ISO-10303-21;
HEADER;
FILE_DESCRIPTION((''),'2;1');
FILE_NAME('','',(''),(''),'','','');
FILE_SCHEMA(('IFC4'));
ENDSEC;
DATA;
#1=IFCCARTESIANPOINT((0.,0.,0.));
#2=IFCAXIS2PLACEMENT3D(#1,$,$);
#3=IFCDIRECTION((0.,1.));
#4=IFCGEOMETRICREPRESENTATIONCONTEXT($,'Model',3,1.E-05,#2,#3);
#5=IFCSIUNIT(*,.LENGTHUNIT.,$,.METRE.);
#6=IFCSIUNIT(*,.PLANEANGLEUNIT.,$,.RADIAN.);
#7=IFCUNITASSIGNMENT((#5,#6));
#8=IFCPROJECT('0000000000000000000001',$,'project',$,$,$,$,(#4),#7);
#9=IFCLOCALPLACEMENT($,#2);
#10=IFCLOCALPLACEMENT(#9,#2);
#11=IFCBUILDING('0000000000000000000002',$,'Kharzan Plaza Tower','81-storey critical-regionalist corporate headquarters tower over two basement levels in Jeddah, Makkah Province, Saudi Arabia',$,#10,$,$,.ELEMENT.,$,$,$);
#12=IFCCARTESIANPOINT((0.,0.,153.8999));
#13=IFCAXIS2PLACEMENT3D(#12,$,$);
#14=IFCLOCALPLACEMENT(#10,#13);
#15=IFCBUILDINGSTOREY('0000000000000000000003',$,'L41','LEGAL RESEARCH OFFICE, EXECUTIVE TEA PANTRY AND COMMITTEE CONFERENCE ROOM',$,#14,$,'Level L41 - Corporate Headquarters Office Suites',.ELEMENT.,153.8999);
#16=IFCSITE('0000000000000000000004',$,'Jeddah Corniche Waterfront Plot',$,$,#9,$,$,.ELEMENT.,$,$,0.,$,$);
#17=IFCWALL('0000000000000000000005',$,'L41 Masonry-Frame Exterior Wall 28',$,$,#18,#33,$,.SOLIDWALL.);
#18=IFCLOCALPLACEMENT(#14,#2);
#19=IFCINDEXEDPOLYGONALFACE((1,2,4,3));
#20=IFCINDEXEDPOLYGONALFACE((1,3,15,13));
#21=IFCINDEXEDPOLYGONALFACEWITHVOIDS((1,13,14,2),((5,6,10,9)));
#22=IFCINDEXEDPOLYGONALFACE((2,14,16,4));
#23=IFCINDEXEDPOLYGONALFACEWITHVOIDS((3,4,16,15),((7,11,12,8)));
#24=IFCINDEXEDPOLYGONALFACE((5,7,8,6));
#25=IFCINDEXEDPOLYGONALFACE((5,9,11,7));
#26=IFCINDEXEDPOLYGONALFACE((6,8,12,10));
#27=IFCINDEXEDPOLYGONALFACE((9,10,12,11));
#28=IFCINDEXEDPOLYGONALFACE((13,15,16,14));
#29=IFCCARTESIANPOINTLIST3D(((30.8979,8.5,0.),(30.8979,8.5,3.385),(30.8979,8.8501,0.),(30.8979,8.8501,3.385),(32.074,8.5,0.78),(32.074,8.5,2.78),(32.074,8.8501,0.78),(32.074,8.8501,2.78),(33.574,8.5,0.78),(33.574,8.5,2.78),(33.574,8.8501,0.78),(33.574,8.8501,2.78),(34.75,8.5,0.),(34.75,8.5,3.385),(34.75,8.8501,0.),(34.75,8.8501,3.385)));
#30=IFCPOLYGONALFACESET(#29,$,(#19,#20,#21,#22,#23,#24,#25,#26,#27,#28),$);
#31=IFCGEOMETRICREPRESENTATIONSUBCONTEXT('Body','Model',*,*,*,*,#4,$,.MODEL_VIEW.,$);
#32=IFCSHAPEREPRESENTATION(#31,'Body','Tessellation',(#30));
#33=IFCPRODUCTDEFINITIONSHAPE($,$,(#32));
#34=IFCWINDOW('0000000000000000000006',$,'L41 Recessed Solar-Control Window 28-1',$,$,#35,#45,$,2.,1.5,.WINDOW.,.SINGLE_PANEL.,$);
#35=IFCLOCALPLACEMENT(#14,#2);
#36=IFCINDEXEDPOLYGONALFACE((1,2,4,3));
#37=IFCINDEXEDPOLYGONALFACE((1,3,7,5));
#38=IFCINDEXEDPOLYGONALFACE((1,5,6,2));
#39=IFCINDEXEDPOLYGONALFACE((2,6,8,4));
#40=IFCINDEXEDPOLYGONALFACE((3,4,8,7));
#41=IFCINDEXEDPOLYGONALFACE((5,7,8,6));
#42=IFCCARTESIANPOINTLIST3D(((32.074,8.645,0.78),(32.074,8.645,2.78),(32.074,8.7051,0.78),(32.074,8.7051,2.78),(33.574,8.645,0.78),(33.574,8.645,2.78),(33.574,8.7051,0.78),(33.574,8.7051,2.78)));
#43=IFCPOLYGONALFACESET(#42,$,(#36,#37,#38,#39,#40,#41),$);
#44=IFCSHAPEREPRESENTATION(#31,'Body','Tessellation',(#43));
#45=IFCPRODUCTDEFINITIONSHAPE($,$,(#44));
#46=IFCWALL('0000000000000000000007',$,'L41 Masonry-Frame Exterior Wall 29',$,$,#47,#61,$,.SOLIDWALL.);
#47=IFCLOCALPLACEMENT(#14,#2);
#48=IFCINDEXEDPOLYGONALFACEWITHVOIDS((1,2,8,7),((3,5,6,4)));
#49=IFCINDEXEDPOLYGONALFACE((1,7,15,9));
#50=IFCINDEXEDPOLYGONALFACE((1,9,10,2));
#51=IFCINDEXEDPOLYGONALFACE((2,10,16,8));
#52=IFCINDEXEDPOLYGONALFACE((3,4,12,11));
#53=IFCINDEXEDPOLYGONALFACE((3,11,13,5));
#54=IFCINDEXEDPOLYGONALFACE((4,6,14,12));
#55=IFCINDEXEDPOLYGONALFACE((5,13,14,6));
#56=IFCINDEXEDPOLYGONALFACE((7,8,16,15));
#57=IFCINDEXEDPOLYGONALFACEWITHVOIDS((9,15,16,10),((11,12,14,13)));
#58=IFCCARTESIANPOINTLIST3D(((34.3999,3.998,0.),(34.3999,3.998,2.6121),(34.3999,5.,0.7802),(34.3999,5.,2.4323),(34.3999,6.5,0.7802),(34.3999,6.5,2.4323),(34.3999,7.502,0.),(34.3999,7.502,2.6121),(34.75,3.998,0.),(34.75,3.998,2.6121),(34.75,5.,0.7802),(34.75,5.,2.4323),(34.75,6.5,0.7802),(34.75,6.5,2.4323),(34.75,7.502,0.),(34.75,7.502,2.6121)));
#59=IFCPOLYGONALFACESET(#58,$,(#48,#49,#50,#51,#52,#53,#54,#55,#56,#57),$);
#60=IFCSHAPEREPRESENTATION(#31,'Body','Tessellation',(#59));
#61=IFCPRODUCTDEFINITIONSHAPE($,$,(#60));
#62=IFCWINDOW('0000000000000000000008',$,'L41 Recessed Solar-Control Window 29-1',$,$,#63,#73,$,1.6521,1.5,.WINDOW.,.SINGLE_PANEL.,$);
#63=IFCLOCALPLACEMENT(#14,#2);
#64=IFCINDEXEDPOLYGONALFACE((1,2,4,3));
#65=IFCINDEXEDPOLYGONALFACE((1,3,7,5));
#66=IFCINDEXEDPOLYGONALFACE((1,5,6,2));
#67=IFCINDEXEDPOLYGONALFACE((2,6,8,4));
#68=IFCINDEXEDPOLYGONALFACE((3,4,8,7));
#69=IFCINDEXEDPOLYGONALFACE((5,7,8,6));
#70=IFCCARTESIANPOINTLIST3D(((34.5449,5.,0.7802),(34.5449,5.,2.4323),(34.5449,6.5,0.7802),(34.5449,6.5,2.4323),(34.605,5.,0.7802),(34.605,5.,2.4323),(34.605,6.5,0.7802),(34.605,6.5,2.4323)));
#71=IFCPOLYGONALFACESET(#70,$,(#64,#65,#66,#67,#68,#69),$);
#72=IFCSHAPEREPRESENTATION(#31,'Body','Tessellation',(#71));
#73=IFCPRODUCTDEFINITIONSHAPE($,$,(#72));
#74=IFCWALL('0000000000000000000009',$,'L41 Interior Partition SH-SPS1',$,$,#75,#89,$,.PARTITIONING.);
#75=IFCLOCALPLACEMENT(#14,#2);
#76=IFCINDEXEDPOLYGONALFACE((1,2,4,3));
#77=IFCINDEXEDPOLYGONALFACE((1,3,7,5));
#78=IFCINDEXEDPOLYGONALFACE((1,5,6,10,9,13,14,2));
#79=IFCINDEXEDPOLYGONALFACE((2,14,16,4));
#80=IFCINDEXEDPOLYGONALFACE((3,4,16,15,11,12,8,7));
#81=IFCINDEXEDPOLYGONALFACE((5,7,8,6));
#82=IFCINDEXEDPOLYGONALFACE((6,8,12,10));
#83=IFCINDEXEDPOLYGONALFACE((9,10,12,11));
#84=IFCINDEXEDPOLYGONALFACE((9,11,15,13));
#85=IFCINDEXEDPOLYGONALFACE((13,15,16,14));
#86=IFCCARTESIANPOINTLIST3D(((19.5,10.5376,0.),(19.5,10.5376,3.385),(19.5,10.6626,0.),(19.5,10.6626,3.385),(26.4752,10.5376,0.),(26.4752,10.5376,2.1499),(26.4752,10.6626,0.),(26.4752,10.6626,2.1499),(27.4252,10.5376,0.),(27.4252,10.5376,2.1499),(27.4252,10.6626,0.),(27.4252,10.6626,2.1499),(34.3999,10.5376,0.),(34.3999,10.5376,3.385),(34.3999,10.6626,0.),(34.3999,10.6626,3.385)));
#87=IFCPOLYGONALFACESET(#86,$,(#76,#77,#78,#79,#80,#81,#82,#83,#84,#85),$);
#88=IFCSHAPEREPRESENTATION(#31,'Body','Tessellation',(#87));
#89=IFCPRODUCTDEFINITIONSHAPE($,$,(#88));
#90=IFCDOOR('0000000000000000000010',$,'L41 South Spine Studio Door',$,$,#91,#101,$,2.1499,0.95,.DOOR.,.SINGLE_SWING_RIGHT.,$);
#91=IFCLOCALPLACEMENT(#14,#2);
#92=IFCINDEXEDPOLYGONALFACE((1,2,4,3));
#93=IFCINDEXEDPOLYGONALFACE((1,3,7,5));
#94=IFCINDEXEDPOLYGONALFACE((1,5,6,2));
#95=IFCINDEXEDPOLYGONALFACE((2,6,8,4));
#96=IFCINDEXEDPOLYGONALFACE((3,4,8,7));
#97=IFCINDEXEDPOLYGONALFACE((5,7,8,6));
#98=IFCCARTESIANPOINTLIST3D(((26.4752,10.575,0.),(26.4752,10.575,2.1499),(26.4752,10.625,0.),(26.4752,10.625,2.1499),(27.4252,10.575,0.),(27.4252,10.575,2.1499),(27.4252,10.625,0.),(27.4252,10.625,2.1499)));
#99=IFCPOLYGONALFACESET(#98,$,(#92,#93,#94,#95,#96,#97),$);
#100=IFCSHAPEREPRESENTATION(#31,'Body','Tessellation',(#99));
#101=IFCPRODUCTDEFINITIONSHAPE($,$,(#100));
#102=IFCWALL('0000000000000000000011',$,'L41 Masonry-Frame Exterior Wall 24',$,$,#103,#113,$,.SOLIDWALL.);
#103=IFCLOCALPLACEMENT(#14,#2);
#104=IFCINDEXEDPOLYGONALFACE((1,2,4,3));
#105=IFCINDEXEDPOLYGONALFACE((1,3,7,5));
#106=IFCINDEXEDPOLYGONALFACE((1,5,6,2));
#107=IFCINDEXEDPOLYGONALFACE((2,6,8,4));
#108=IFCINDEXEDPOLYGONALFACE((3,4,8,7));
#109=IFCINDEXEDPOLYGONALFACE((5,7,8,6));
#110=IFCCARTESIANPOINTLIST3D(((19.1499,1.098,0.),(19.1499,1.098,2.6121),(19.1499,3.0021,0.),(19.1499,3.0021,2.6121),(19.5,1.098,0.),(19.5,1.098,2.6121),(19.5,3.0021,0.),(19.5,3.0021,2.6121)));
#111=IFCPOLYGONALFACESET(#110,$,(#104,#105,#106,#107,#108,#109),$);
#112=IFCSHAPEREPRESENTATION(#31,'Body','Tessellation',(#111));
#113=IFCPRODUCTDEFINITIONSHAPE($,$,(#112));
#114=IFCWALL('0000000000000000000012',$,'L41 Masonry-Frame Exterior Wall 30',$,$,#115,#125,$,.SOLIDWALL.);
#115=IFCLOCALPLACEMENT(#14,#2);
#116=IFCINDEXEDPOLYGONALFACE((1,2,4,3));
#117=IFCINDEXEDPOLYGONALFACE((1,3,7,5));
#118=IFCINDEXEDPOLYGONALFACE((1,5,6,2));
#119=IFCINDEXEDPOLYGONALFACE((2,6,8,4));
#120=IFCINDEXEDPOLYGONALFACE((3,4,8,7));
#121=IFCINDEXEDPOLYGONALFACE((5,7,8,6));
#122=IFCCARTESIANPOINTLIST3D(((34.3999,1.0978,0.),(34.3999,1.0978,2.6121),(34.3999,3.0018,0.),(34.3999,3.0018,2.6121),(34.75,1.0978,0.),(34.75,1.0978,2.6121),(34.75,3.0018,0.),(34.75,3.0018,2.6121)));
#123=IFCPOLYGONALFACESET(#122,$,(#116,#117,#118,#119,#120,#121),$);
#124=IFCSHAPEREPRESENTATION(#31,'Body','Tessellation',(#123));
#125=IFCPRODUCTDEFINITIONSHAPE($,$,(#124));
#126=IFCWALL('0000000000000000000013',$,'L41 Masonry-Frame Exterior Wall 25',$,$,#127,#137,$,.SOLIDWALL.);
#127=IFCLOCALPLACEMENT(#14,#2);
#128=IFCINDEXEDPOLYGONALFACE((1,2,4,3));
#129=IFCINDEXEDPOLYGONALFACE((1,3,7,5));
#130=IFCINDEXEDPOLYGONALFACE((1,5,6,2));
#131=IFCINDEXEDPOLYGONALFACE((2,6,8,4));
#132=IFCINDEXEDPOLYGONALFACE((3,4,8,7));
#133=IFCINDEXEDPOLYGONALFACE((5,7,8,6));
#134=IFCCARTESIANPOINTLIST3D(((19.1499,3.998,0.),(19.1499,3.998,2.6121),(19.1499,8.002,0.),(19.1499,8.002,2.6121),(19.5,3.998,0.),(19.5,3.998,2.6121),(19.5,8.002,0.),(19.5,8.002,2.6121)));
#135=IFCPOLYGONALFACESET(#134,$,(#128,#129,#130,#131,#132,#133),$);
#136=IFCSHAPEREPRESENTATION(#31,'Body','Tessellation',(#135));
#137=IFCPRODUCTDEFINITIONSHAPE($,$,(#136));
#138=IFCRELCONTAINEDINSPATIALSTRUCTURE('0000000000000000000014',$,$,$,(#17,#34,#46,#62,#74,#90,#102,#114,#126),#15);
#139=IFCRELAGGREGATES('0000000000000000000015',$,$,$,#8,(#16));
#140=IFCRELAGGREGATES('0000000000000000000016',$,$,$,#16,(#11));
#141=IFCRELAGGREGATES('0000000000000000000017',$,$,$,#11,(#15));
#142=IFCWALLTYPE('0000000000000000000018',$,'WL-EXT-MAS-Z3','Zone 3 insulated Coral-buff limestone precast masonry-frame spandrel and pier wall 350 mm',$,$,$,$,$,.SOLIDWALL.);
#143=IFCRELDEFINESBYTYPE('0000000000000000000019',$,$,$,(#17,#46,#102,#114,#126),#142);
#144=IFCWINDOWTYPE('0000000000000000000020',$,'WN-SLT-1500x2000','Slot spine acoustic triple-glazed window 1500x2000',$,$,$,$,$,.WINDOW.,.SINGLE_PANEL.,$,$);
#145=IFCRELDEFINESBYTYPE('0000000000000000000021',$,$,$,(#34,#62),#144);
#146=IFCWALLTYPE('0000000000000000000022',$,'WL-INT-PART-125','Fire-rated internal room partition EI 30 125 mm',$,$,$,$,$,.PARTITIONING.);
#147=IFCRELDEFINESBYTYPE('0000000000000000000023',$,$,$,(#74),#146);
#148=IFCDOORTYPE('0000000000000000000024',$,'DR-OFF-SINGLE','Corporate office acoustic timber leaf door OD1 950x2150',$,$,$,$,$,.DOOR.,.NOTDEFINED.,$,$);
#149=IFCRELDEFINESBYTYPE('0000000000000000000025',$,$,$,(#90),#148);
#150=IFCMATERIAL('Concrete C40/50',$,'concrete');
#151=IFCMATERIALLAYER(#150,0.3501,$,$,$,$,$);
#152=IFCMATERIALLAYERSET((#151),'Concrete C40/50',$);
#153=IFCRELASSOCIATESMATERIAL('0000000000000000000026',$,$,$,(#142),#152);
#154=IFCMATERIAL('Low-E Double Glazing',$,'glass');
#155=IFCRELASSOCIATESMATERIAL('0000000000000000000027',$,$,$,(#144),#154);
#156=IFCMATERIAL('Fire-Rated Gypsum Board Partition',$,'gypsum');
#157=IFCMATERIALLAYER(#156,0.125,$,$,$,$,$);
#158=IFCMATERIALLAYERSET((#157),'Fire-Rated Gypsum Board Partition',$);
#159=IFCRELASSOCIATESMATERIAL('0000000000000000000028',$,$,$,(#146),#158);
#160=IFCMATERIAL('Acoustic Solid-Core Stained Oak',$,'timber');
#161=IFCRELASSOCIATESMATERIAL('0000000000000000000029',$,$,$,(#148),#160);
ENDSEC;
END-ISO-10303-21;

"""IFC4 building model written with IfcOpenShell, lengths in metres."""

from ifc_helpers import new_model, si_unit, direction, frame, frame_2d, origin, place, context, subcontext, project, spatial, rectangle, extrude, source, transform, mapped, material, layer, layer_set, type_object, element, fill, save


model = new_model("IFC4")

# Units and contexts
model_context = context("Model", 3, precision=1e-05, world=origin(), true_north=direction((0.0, 1.0)))
body_context = subcontext(model_context, "Body", "Model", "MODEL_VIEW")
ifc_project = project(units=[si_unit("LENGTHUNIT", "METRE"), si_unit("PLANEANGLEUNIT", "RADIAN")], contexts=[model_context])

# Site, building, storey
site_placement = place(None, origin())
site = spatial("IfcSite", under=ifc_project, at=site_placement, Name="Jeddah Corniche Waterfront Plot", CompositionType="ELEMENT", RefElevation=0.0)
building_placement = place(site_placement, origin())
building = spatial("IfcBuilding", under=site, at=building_placement, Name="Kharzan Plaza Tower", Description="81-storey critical-regionalist corporate headquarters tower over two basement levels in Jeddah, Makkah Province, Saudi Arabia", CompositionType="ELEMENT")
storey_placement = place(building_placement, frame((0.0, 0.0, 153.8999)))
storey = spatial("IfcBuildingStorey", under=building, at=storey_placement, Name="L41", Description="LEGAL RESEARCH OFFICE, EXECUTIVE TEA PANTRY AND COMMITTEE CONFERENCE ROOM", LongName="Level L41 - Corporate Headquarters Office Suites", CompositionType="ELEMENT", Elevation=153.8999)

# Shared definitions
ifc_material_1 = material(Name="Concrete C40/50", Category="concrete")
ifc_layer_1 = layer(ifc_material_1, 0.3501)
ifc_layer_set_1 = layer_set([ifc_layer_1], Name="Concrete C40/50")
wall_type_1 = type_object("IfcWallType", Name="WL-EXT-MAS-Z3", Description="Zone 3 insulated Coral-buff limestone precast masonry-frame spandrel and pier wall 350 mm", PredefinedType="SOLIDWALL", material=ifc_layer_set_1)
ifc_material_2 = material(Name="Low-E Double Glazing", Category="glass")
window_type = type_object("IfcWindowType", Name="WN-SLT-1500x2000", Description="Slot spine acoustic triple-glazed window 1500x2000", PartitioningType="SINGLE_PANEL", PredefinedType="WINDOW", material=ifc_material_2)
shared_shape_1 = source(origin(), body_context, "Body", "SweptSolid", [
    extrude(rectangle(XDim=1.5, YDim=2.0, at=frame_2d((0.75, 1.0))), frame((0.0, 0.03, 0.0), z_axis=(0.0, -1.0, 0.0), x_axis=(1.0, 0.0, 0.0)), (0.0, 0.0, 1.0), 0.0601),
])

# Walls, openings, windows
wall_1_placement = place(storey_placement, frame((30.8979, 8.675, 0.0), z_axis=(0.0, 0.0, 1.0), x_axis=(1.0, 0.0, 0.0)))
wall_1 = element("IfcWall", 1, at=wall_1_placement, inside=storey, type_object=wall_type_1, Name="L41 Masonry-Frame Exterior Wall 28", PredefinedType="SOLIDWALL", context=body_context, shape_type="SweptSolid", body=[
    extrude(rectangle(XDim=3.8521, YDim=0.3501, at=frame_2d((1.926, 0.0))), origin(), (0.0, 0.0, 1.0), 3.385),
])
opening_1_placement = place(wall_1_placement, frame((1.176, 0.0, 0.78)))
opening_1 = element("IfcOpeningElement", 2, at=opening_1_placement, cuts=wall_1, PredefinedType="OPENING", context=body_context, shape_type="SweptSolid", body=[
    extrude(rectangle(XDim=1.5, YDim=2.0, at=frame_2d((0.75, 1.0))), frame((0.0, 0.1851, 0.0), z_axis=(0.0, -1.0, 0.0), x_axis=(1.0, 0.0, 0.0)), (0.0, 0.0, 1.0), 0.3701),
])
window_1_placement = place(opening_1_placement, origin())
window_1 = element("IfcWindow", 3, at=window_1_placement, inside=storey, type_object=window_type, Name="L41 Recessed Solar-Control Window 28-1", OverallHeight=2.0, OverallWidth=1.5, PartitioningType="SINGLE_PANEL", PredefinedType="WINDOW", context=body_context, shape_type="MappedRepresentation", body=[
    mapped(shared_shape_1, transform((0.0, 0.0, 0.0), x_axis=(1.0, 0.0, 0.0), y_axis=(0.0, 1.0, 0.0), z_axis=(0.0, 0.0, 1.0))),
])
fill(opening_1, window_1)
wall_2_placement = place(storey_placement, frame((34.575, 7.502, 0.0), z_axis=(0.0, 0.0, 1.0), x_axis=(0.0, -1.0, 0.0)))
wall_2 = element("IfcWall", 4, at=wall_2_placement, inside=storey, type_object=wall_type_1, Name="L41 Masonry-Frame Exterior Wall 29", PredefinedType="SOLIDWALL", context=body_context, shape_type="SweptSolid", body=[
    extrude(rectangle(XDim=3.5039, YDim=0.3501, at=frame_2d((1.752, 0.0))), origin(), (0.0, 0.0, 1.0), 2.6121),
])
opening_2_placement = place(wall_2_placement, frame((1.002, 0.0, 0.78)))
opening_2 = element("IfcOpeningElement", 5, at=opening_2_placement, cuts=wall_2, PredefinedType="OPENING", context=body_context, shape_type="SweptSolid", body=[
    extrude(rectangle(XDim=1.5, YDim=1.6521, at=frame_2d((0.75, 0.8262))), frame((0.0, 0.1851, 0.0), z_axis=(0.0, -1.0, 0.0), x_axis=(1.0, 0.0, 0.0)), (0.0, 0.0, 1.0), 0.3701),
])
shared_shape_2 = source(origin(), body_context, "Body", "SweptSolid", [
    extrude(rectangle(XDim=1.5, YDim=1.6521, at=frame_2d((0.75, 0.8262))), frame((0.0, 0.03, 0.0), z_axis=(0.0, -1.0, 0.0), x_axis=(1.0, 0.0, 0.0)), (0.0, 0.0, 1.0), 0.0601),
])
window_2_placement = place(opening_2_placement, origin())
window_2 = element("IfcWindow", 6, at=window_2_placement, inside=storey, type_object=window_type, Name="L41 Recessed Solar-Control Window 29-1", OverallHeight=1.6521, OverallWidth=1.5, PartitioningType="SINGLE_PANEL", PredefinedType="WINDOW", context=body_context, shape_type="MappedRepresentation", body=[
    mapped(shared_shape_2, transform((0.0, 0.0, 0.0), x_axis=(1.0, 0.0, 0.0), y_axis=(0.0, 1.0, 0.0), z_axis=(0.0, 0.0, 1.0))),
])
fill(opening_2, window_2)

# Wall, opening, door
ifc_material_3 = material(Name="Fire-Rated Gypsum Board Partition", Category="gypsum")
ifc_layer_2 = layer(ifc_material_3, 0.125)
ifc_layer_set_2 = layer_set([ifc_layer_2], Name="Fire-Rated Gypsum Board Partition")
wall_type_2 = type_object("IfcWallType", Name="WL-INT-PART-125", Description="Fire-rated internal room partition EI 30 125 mm", PredefinedType="PARTITIONING", material=ifc_layer_set_2)
wall_3_placement = place(storey_placement, frame((19.5, 10.6001, 0.0), z_axis=(0.0, 0.0, 1.0), x_axis=(1.0, 0.0, 0.0)))
wall_3 = element("IfcWall", 7, at=wall_3_placement, inside=storey, type_object=wall_type_2, Name="L41 Interior Partition SH-SPS1", PredefinedType="PARTITIONING", context=body_context, shape_type="SweptSolid", body=[
    extrude(rectangle(XDim=14.8999, YDim=0.125, at=frame_2d((7.45, 0.0))), origin(), (0.0, 0.0, 1.0), 3.385),
])
opening_3_placement = place(wall_3_placement, frame((6.9751, 0.0, 0.0)))
opening_3 = element("IfcOpeningElement", 8, at=opening_3_placement, cuts=wall_3, PredefinedType="OPENING", context=body_context, shape_type="SweptSolid", body=[
    extrude(rectangle(XDim=0.95, YDim=2.1499, at=frame_2d((0.4751, 1.075))), frame((0.0, 0.0725, 0.0), z_axis=(0.0, -1.0, 0.0), x_axis=(1.0, 0.0, 0.0)), (0.0, 0.0, 1.0), 0.145),
])
ifc_material_4 = material(Name="Acoustic Solid-Core Stained Oak", Category="timber")
door_type = type_object("IfcDoorType", Name="DR-OFF-SINGLE", Description="Corporate office acoustic timber leaf door OD1 950x2150", OperationType="NOTDEFINED", PredefinedType="DOOR", material=ifc_material_4)
shared_shape_3 = source(origin(), body_context, "Body", "SweptSolid", [
    extrude(rectangle(XDim=0.95, YDim=2.1499, at=frame_2d((0.4751, 1.075))), frame((0.0, 0.0249, 0.0), z_axis=(0.0, -1.0, 0.0), x_axis=(1.0, 0.0, 0.0)), (0.0, 0.0, 1.0), 0.05),
])
door_placement = place(opening_3_placement, origin())
door = element("IfcDoor", 9, at=door_placement, inside=storey, type_object=door_type, Name="L41 South Spine Studio Door", OperationType="SINGLE_SWING_RIGHT", OverallHeight=2.1499, OverallWidth=0.95, PredefinedType="DOOR", context=body_context, shape_type="MappedRepresentation", body=[
    mapped(shared_shape_3, transform((0.0, 0.0, 0.0), x_axis=(1.0, 0.0, 0.0), y_axis=(0.0, 1.0, 0.0), z_axis=(0.0, 0.0, 1.0))),
])
fill(opening_3, door)

# Walls
shared_shape_4 = source(origin(), body_context, "Body", "SweptSolid", [
    extrude(rectangle(XDim=1.9041, YDim=0.3501, at=frame_2d((0.9521, 0.0))), origin(), (0.0, 0.0, 1.0), 2.6121),
])
for number, where, z_axis, x_axis, name in (
    (10, (19.325, 1.0979, 0.0), (0.0, 0.0, 1.0), (0.0, 1.0, 0.0), "L41 Masonry-Frame Exterior Wall 24"),
    (11, (34.575, 3.002, 0.0), (0.0, 0.0, 1.0), (0.0, -1.0, 0.0), "L41 Masonry-Frame Exterior Wall 30"),
):
    element("IfcWall", number, at=place(storey_placement, frame(where, z_axis=z_axis, x_axis=x_axis)), inside=storey, type_object=wall_type_1, Name=name, PredefinedType="SOLIDWALL", context=body_context, shape_type="MappedRepresentation", body=[
        mapped(shared_shape_4, transform((0.0, 0.0, 0.0), x_axis=(1.0, 0.0, 0.0), y_axis=(0.0, 1.0, 0.0), z_axis=(0.0, 0.0, 1.0))),
    ])
shared_shape_5 = source(origin(), body_context, "Body", "SweptSolid", [
    extrude(rectangle(XDim=4.0039, YDim=0.3501, at=frame_2d((2.002, 0.0))), origin(), (0.0, 0.0, 1.0), 2.6121),
])
wall_4_placement = place(storey_placement, frame((19.325, 3.998, 0.0), z_axis=(0.0, 0.0, 1.0), x_axis=(0.0, 1.0, 0.0)))
element("IfcWall", 12, at=wall_4_placement, inside=storey, type_object=wall_type_1, Name="L41 Masonry-Frame Exterior Wall 25", PredefinedType="SOLIDWALL", context=body_context, shape_type="MappedRepresentation", body=[
    mapped(shared_shape_5, transform((0.0, 0.0, 0.0), x_axis=(1.0, 0.0, 0.0), y_axis=(0.0, 1.0, 0.0), z_axis=(0.0, 0.0, 1.0))),
])

save(model, "model.ifc")
